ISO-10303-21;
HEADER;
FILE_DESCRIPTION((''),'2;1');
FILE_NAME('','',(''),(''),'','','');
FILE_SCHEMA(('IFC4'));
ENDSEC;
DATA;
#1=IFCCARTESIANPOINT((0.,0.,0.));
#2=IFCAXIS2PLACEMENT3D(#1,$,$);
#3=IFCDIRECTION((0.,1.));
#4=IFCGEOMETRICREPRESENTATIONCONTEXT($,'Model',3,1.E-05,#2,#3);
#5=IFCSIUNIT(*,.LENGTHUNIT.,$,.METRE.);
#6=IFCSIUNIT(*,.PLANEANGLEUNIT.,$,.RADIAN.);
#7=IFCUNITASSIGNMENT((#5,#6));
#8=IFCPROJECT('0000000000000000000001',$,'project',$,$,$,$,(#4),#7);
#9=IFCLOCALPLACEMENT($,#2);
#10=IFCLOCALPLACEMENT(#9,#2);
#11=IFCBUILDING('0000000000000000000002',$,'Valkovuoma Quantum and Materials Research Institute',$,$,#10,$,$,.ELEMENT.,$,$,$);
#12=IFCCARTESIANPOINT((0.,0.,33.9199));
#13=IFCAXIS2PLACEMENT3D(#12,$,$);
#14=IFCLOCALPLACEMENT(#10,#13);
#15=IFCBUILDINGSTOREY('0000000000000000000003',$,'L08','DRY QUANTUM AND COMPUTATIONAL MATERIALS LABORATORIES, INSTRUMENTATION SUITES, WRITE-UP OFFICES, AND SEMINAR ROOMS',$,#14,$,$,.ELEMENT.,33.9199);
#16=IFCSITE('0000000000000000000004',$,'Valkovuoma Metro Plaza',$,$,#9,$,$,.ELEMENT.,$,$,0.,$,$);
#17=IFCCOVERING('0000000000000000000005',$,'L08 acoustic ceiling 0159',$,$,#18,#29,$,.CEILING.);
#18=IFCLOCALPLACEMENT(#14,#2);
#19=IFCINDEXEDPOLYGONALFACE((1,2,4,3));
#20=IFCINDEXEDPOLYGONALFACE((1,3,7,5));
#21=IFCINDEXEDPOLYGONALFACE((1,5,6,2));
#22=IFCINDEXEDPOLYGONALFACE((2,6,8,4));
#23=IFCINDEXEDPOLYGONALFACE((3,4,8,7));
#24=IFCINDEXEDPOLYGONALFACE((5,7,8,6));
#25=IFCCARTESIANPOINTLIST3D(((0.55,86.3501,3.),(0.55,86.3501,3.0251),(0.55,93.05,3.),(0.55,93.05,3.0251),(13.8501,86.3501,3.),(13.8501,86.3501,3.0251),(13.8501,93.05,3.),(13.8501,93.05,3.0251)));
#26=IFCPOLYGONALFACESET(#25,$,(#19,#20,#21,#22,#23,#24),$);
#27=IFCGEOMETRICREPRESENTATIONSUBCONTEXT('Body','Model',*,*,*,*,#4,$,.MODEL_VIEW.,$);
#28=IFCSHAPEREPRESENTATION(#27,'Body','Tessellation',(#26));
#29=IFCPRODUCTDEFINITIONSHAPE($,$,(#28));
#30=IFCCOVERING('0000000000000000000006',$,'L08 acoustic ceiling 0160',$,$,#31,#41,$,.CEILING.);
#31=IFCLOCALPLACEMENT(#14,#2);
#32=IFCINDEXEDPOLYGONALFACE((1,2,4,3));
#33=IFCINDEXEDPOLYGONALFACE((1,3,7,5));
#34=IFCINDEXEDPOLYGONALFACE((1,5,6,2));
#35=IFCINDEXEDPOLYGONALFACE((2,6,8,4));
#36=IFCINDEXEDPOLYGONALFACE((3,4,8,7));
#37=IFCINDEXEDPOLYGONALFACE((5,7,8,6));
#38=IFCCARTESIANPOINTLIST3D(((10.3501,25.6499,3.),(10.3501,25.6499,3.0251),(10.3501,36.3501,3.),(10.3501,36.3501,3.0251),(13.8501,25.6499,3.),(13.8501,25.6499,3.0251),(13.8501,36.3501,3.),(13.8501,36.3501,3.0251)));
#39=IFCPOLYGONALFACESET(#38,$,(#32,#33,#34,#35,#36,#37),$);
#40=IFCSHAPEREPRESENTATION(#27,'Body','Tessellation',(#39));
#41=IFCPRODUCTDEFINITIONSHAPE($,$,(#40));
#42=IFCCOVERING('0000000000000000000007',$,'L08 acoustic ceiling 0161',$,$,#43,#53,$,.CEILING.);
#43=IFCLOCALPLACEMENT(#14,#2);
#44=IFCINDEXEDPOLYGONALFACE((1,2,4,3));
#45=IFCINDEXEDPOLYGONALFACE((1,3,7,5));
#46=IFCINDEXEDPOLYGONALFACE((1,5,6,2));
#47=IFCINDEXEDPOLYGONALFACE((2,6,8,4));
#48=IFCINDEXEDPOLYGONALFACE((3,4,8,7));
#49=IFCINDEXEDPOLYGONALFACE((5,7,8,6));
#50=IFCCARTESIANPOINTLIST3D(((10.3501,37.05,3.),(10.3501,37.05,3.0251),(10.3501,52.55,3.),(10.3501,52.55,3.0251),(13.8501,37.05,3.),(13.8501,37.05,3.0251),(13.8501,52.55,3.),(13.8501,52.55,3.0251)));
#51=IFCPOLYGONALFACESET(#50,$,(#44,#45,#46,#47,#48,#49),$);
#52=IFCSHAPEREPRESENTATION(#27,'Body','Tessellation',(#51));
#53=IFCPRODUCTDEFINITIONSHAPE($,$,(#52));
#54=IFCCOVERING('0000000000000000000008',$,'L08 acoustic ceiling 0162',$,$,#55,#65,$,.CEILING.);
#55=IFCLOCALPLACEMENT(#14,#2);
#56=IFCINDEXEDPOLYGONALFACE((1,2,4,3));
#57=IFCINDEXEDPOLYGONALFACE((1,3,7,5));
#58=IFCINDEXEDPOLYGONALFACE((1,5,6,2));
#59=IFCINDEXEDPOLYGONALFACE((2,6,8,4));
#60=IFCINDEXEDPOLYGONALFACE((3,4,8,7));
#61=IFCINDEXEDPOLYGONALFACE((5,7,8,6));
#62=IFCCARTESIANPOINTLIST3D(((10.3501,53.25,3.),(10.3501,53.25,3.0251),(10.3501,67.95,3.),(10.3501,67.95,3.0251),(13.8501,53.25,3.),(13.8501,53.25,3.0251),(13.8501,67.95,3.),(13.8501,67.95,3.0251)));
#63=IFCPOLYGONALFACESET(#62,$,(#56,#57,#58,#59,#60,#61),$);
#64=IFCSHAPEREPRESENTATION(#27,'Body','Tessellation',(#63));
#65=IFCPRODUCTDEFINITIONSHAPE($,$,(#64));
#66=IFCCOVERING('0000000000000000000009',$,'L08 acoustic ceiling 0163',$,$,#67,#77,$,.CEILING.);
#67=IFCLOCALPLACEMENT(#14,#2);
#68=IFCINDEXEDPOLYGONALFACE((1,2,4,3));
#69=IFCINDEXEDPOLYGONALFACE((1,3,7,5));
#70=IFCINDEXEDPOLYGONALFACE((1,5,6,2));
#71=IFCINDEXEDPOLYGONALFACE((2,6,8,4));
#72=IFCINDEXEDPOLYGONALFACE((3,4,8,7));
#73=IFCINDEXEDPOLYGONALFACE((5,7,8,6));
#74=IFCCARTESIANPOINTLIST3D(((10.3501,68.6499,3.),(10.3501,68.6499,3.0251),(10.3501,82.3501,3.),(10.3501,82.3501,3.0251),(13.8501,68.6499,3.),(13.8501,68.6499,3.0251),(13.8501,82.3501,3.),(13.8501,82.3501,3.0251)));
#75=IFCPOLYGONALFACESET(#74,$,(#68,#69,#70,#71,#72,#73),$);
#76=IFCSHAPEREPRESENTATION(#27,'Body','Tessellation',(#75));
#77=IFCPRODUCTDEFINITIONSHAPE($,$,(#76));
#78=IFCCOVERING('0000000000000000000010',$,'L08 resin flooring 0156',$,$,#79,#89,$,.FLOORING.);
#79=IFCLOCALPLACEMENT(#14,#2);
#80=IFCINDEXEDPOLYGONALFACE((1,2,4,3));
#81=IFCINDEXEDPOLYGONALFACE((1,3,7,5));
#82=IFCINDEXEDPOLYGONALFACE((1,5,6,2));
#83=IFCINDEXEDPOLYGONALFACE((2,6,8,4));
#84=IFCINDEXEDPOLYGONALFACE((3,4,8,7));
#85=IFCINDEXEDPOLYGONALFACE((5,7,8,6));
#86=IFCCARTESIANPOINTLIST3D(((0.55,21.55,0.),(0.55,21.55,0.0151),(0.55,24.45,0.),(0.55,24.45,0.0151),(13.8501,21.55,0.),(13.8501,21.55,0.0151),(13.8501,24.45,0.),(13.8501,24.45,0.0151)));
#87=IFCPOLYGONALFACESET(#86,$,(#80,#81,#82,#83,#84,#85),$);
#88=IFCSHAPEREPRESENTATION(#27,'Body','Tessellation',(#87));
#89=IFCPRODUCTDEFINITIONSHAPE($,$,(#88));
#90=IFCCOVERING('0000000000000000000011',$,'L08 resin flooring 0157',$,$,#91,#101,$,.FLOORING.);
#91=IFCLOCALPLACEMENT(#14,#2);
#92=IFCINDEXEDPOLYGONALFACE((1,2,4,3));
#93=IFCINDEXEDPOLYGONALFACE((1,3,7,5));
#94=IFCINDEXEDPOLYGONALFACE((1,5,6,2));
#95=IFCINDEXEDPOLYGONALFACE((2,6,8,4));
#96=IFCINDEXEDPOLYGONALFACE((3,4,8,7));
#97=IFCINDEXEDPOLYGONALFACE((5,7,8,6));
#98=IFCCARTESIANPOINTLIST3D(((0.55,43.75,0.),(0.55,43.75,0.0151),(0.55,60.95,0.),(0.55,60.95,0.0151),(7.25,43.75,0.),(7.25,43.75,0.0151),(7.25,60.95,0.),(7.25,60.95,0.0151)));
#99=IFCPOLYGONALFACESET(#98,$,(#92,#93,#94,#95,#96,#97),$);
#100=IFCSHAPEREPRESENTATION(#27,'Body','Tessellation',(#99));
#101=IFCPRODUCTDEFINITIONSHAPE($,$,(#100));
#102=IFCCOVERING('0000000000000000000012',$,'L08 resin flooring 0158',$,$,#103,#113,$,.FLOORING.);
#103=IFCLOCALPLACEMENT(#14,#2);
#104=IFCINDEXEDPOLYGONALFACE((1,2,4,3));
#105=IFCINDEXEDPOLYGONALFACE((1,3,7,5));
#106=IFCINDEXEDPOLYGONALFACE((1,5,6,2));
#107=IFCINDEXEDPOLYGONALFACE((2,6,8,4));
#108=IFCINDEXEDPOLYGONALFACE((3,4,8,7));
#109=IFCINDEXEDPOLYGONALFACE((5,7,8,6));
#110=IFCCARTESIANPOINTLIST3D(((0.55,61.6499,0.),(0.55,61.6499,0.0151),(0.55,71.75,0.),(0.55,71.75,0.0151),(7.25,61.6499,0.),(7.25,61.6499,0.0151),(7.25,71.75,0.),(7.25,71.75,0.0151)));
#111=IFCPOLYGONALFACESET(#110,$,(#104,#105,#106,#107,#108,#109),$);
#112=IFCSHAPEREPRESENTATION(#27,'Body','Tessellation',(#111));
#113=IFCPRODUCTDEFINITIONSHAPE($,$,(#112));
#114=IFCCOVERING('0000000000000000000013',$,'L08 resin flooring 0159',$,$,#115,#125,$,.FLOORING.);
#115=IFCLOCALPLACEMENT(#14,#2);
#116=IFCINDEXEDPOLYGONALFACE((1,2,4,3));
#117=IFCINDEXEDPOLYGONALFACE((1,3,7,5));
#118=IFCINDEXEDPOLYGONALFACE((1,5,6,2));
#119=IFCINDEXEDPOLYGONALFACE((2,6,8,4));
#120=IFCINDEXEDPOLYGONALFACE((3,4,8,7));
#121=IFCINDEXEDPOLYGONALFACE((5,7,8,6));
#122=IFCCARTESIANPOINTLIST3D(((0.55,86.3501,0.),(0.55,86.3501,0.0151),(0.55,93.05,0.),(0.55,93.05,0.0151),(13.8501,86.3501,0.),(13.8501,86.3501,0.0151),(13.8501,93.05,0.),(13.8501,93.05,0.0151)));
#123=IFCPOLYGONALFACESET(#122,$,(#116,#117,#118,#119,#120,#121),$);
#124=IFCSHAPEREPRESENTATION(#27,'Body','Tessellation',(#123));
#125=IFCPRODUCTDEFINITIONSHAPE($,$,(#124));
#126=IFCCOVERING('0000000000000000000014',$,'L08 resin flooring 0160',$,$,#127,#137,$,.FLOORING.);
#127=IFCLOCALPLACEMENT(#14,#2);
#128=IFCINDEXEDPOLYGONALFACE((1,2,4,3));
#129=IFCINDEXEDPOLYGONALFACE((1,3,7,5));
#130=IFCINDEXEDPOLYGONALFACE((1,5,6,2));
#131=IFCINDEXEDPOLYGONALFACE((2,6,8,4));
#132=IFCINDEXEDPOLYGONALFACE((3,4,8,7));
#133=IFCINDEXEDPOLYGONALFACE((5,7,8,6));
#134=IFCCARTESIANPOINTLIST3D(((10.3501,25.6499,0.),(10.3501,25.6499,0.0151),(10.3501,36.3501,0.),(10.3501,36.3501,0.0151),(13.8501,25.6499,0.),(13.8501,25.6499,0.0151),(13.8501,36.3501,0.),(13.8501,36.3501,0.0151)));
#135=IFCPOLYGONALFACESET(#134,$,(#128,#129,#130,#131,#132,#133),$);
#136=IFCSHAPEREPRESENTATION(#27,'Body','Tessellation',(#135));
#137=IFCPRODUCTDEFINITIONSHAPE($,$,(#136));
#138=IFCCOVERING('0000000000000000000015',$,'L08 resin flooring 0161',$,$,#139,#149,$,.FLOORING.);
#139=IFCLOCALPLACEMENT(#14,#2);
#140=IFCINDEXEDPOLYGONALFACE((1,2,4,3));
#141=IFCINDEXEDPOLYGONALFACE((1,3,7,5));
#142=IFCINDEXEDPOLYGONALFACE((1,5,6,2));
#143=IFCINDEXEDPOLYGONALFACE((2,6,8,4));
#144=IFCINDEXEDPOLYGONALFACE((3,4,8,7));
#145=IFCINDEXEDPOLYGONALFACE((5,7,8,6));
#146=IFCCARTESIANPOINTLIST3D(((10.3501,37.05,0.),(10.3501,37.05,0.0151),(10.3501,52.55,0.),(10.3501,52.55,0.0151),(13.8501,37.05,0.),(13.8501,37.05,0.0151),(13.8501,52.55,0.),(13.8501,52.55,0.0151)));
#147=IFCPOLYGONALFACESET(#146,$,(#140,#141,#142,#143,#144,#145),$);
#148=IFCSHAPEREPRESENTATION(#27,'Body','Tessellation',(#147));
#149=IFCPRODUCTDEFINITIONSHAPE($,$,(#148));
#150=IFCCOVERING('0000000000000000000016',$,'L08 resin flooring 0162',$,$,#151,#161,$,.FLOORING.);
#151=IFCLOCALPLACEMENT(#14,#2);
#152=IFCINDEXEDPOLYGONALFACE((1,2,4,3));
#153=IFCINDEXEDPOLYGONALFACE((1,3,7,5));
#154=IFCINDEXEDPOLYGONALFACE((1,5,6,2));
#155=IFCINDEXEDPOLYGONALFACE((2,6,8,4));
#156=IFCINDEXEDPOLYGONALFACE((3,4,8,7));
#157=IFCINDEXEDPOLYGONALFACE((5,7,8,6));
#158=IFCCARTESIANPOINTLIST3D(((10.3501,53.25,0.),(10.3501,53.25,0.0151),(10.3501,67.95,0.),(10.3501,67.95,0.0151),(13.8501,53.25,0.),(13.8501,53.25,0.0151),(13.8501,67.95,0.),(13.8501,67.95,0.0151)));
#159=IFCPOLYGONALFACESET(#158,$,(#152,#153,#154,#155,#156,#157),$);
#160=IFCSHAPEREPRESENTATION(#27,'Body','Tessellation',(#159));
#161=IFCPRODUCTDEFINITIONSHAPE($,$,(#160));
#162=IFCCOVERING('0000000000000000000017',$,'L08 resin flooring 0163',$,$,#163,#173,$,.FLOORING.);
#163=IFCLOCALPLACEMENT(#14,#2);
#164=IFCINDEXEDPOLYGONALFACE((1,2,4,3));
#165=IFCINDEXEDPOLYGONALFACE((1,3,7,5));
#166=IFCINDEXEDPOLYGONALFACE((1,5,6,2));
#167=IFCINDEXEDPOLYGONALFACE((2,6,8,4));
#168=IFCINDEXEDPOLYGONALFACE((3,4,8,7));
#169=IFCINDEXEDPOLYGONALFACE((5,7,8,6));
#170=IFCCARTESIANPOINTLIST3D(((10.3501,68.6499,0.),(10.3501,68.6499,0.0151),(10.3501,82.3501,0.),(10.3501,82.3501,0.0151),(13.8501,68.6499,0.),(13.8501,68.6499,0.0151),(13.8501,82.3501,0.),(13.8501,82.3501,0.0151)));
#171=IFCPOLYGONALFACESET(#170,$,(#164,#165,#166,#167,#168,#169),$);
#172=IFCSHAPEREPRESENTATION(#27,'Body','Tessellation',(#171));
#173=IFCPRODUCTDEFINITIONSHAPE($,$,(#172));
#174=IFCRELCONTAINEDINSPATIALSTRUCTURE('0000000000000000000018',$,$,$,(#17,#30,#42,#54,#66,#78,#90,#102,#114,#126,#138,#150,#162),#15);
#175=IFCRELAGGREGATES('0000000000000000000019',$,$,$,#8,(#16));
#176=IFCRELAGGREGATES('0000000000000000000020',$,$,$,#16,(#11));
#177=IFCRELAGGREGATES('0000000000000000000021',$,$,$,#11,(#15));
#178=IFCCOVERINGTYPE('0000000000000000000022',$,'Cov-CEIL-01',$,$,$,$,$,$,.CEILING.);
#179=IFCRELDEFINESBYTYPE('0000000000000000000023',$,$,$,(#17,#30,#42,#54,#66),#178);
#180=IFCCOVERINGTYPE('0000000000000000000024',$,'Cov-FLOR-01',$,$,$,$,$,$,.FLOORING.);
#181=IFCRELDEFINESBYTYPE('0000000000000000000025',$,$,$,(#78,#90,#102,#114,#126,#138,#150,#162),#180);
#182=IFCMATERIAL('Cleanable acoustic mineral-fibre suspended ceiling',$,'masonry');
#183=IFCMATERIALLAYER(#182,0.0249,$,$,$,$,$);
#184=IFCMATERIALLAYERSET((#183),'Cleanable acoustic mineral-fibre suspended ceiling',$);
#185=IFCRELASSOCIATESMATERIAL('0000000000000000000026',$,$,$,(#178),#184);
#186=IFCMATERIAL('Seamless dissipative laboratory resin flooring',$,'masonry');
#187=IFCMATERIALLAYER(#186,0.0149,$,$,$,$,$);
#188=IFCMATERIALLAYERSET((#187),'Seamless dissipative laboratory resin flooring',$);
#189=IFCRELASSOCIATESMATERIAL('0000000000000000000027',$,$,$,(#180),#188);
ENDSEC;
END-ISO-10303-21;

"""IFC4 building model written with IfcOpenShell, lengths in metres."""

from ifc_helpers import new_model, si_unit, direction, frame, origin, place, context, subcontext, project, spatial, polyline, outline, extrude, material, layer, layer_set, type_object, element, save


model = new_model("IFC4")

# Units and contexts
model_context = context("Model", 3, precision=1e-05, world=origin(), true_north=direction((0.0, 1.0)))
body_context = subcontext(model_context, "Body", "Model", "MODEL_VIEW")
ifc_project = project(units=[si_unit("LENGTHUNIT", "METRE"), si_unit("PLANEANGLEUNIT", "RADIAN")], contexts=[model_context])

# Site, building, storey
site_placement = place(None, origin())
site = spatial("IfcSite", under=ifc_project, at=site_placement, Name="Valkovuoma Metro Plaza", CompositionType="ELEMENT", RefElevation=0.0)
building_placement = place(site_placement, origin())
building = spatial("IfcBuilding", under=site, at=building_placement, Name="Valkovuoma Quantum and Materials Research Institute", CompositionType="ELEMENT")
storey_placement = place(building_placement, frame((0.0, 0.0, 33.9199)))
storey = spatial("IfcBuildingStorey", under=building, at=storey_placement, Name="L08", Description="DRY QUANTUM AND COMPUTATIONAL MATERIALS LABORATORIES, INSTRUMENTATION SUITES, WRITE-UP OFFICES, AND SEMINAR ROOMS", CompositionType="ELEMENT", Elevation=33.9199)

# Coverings
ifc_material_1 = material(Name="Cleanable acoustic mineral-fibre suspended ceiling", Category="masonry")
ifc_layer_1 = layer(ifc_material_1, 0.0249)
ifc_layer_set_1 = layer_set([ifc_layer_1], Name="Cleanable acoustic mineral-fibre suspended ceiling")
covering_type_1 = type_object("IfcCoveringType", Name="Cov-CEIL-01", PredefinedType="CEILING", material=ifc_layer_set_1)
covering_1_placement = place(storey_placement, frame((0.0, 0.0, 3.0)))
element("IfcCovering", 1, at=covering_1_placement, inside=storey, type_object=covering_type_1, Name="L08 acoustic ceiling 0159", PredefinedType="CEILING", context=body_context, shape_type="SweptSolid", body=[
    extrude(outline(polyline([(0.55, 86.3501), (13.8501, 86.3501), (13.8501, 93.05), (0.55, 93.05), (0.55, 86.3501)])), origin(), (0.0, 0.0, 1.0), 0.0251),
])
covering_2_placement = place(storey_placement, frame((0.0, 0.0, 3.0)))
element("IfcCovering", 2, at=covering_2_placement, inside=storey, type_object=covering_type_1, Name="L08 acoustic ceiling 0160", PredefinedType="CEILING", context=body_context, shape_type="SweptSolid", body=[
    extrude(outline(polyline([(10.3501, 25.6499), (13.8501, 25.6499), (13.8501, 36.3501), (10.3501, 36.3501), (10.3501, 25.6499)])), origin(), (0.0, 0.0, 1.0), 0.0251),
])
covering_3_placement = place(storey_placement, frame((0.0, 0.0, 3.0)))
element("IfcCovering", 3, at=covering_3_placement, inside=storey, type_object=covering_type_1, Name="L08 acoustic ceiling 0161", PredefinedType="CEILING", context=body_context, shape_type="SweptSolid", body=[
    extrude(outline(polyline([(10.3501, 37.05), (13.8501, 37.05), (13.8501, 52.55), (10.3501, 52.55), (10.3501, 37.05)])), origin(), (0.0, 0.0, 1.0), 0.0251),
])
covering_4_placement = place(storey_placement, frame((0.0, 0.0, 3.0)))
element("IfcCovering", 4, at=covering_4_placement, inside=storey, type_object=covering_type_1, Name="L08 acoustic ceiling 0162", PredefinedType="CEILING", context=body_context, shape_type="SweptSolid", body=[
    extrude(outline(polyline([(10.3501, 53.25), (13.8501, 53.25), (13.8501, 67.95), (10.3501, 67.95), (10.3501, 53.25)])), origin(), (0.0, 0.0, 1.0), 0.0251),
])
covering_5_placement = place(storey_placement, frame((0.0, 0.0, 3.0)))
element("IfcCovering", 5, at=covering_5_placement, inside=storey, type_object=covering_type_1, Name="L08 acoustic ceiling 0163", PredefinedType="CEILING", context=body_context, shape_type="SweptSolid", body=[
    extrude(outline(polyline([(10.3501, 68.6499), (13.8501, 68.6499), (13.8501, 82.3501), (10.3501, 82.3501), (10.3501, 68.6499)])), origin(), (0.0, 0.0, 1.0), 0.0251),
])
ifc_material_2 = material(Name="Seamless dissipative laboratory resin flooring", Category="masonry")
ifc_layer_2 = layer(ifc_material_2, 0.0149)
ifc_layer_set_2 = layer_set([ifc_layer_2], Name="Seamless dissipative laboratory resin flooring")
covering_type_2 = type_object("IfcCoveringType", Name="Cov-FLOR-01", PredefinedType="FLOORING", material=ifc_layer_set_2)
covering_6_placement = place(storey_placement, origin())
element("IfcCovering", 6, at=covering_6_placement, inside=storey, type_object=covering_type_2, Name="L08 resin flooring 0156", PredefinedType="FLOORING", context=body_context, shape_type="SweptSolid", body=[
    extrude(outline(polyline([(0.55, 21.55), (13.8501, 21.55), (13.8501, 24.45), (0.55, 24.45), (0.55, 21.55)])), origin(), (0.0, 0.0, 1.0), 0.0151),
])
covering_7_placement = place(storey_placement, origin())
element("IfcCovering", 7, at=covering_7_placement, inside=storey, type_object=covering_type_2, Name="L08 resin flooring 0157", PredefinedType="FLOORING", context=body_context, shape_type="SweptSolid", body=[
    extrude(outline(polyline([(0.55, 43.75), (7.25, 43.75), (7.25, 60.95), (0.55, 60.95), (0.55, 43.75)])), origin(), (0.0, 0.0, 1.0), 0.0151),
])
covering_8_placement = place(storey_placement, origin())
element("IfcCovering", 8, at=covering_8_placement, inside=storey, type_object=covering_type_2, Name="L08 resin flooring 0158", PredefinedType="FLOORING", context=body_context, shape_type="SweptSolid", body=[
    extrude(outline(polyline([(0.55, 61.6499), (7.25, 61.6499), (7.25, 71.75), (0.55, 71.75), (0.55, 61.6499)])), origin(), (0.0, 0.0, 1.0), 0.0151),
])
covering_9_placement = place(storey_placement, origin())
element("IfcCovering", 9, at=covering_9_placement, inside=storey, type_object=covering_type_2, Name="L08 resin flooring 0159", PredefinedType="FLOORING", context=body_context, shape_type="SweptSolid", body=[
    extrude(outline(polyline([(0.55, 86.3501), (13.8501, 86.3501), (13.8501, 93.05), (0.55, 93.05), (0.55, 86.3501)])), origin(), (0.0, 0.0, 1.0), 0.0151),
])
covering_10_placement = place(storey_placement, origin())
element("IfcCovering", 10, at=covering_10_placement, inside=storey, type_object=covering_type_2, Name="L08 resin flooring 0160", PredefinedType="FLOORING", context=body_context, shape_type="SweptSolid", body=[
    extrude(outline(polyline([(10.3501, 25.6499), (13.8501, 25.6499), (13.8501, 36.3501), (10.3501, 36.3501), (10.3501, 25.6499)])), origin(), (0.0, 0.0, 1.0), 0.0151),
])
covering_11_placement = place(storey_placement, origin())
element("IfcCovering", 11, at=covering_11_placement, inside=storey, type_object=covering_type_2, Name="L08 resin flooring 0161", PredefinedType="FLOORING", context=body_context, shape_type="SweptSolid", body=[
    extrude(outline(polyline([(10.3501, 37.05), (13.8501, 37.05), (13.8501, 52.55), (10.3501, 52.55), (10.3501, 37.05)])), origin(), (0.0, 0.0, 1.0), 0.0151),
])
covering_12_placement = place(storey_placement, origin())
element("IfcCovering", 12, at=covering_12_placement, inside=storey, type_object=covering_type_2, Name="L08 resin flooring 0162", PredefinedType="FLOORING", context=body_context, shape_type="SweptSolid", body=[
    extrude(outline(polyline([(10.3501, 53.25), (13.8501, 53.25), (13.8501, 67.95), (10.3501, 67.95), (10.3501, 53.25)])), origin(), (0.0, 0.0, 1.0), 0.0151),
])
covering_13_placement = place(storey_placement, origin())
element("IfcCovering", 13, at=covering_13_placement, inside=storey, type_object=covering_type_2, Name="L08 resin flooring 0163", PredefinedType="FLOORING", context=body_context, shape_type="SweptSolid", body=[
    extrude(outline(polyline([(10.3501, 68.6499), (13.8501, 68.6499), (13.8501, 82.3501), (10.3501, 82.3501), (10.3501, 68.6499)])), origin(), (0.0, 0.0, 1.0), 0.0151),
])

save(model, "model.ifc")
